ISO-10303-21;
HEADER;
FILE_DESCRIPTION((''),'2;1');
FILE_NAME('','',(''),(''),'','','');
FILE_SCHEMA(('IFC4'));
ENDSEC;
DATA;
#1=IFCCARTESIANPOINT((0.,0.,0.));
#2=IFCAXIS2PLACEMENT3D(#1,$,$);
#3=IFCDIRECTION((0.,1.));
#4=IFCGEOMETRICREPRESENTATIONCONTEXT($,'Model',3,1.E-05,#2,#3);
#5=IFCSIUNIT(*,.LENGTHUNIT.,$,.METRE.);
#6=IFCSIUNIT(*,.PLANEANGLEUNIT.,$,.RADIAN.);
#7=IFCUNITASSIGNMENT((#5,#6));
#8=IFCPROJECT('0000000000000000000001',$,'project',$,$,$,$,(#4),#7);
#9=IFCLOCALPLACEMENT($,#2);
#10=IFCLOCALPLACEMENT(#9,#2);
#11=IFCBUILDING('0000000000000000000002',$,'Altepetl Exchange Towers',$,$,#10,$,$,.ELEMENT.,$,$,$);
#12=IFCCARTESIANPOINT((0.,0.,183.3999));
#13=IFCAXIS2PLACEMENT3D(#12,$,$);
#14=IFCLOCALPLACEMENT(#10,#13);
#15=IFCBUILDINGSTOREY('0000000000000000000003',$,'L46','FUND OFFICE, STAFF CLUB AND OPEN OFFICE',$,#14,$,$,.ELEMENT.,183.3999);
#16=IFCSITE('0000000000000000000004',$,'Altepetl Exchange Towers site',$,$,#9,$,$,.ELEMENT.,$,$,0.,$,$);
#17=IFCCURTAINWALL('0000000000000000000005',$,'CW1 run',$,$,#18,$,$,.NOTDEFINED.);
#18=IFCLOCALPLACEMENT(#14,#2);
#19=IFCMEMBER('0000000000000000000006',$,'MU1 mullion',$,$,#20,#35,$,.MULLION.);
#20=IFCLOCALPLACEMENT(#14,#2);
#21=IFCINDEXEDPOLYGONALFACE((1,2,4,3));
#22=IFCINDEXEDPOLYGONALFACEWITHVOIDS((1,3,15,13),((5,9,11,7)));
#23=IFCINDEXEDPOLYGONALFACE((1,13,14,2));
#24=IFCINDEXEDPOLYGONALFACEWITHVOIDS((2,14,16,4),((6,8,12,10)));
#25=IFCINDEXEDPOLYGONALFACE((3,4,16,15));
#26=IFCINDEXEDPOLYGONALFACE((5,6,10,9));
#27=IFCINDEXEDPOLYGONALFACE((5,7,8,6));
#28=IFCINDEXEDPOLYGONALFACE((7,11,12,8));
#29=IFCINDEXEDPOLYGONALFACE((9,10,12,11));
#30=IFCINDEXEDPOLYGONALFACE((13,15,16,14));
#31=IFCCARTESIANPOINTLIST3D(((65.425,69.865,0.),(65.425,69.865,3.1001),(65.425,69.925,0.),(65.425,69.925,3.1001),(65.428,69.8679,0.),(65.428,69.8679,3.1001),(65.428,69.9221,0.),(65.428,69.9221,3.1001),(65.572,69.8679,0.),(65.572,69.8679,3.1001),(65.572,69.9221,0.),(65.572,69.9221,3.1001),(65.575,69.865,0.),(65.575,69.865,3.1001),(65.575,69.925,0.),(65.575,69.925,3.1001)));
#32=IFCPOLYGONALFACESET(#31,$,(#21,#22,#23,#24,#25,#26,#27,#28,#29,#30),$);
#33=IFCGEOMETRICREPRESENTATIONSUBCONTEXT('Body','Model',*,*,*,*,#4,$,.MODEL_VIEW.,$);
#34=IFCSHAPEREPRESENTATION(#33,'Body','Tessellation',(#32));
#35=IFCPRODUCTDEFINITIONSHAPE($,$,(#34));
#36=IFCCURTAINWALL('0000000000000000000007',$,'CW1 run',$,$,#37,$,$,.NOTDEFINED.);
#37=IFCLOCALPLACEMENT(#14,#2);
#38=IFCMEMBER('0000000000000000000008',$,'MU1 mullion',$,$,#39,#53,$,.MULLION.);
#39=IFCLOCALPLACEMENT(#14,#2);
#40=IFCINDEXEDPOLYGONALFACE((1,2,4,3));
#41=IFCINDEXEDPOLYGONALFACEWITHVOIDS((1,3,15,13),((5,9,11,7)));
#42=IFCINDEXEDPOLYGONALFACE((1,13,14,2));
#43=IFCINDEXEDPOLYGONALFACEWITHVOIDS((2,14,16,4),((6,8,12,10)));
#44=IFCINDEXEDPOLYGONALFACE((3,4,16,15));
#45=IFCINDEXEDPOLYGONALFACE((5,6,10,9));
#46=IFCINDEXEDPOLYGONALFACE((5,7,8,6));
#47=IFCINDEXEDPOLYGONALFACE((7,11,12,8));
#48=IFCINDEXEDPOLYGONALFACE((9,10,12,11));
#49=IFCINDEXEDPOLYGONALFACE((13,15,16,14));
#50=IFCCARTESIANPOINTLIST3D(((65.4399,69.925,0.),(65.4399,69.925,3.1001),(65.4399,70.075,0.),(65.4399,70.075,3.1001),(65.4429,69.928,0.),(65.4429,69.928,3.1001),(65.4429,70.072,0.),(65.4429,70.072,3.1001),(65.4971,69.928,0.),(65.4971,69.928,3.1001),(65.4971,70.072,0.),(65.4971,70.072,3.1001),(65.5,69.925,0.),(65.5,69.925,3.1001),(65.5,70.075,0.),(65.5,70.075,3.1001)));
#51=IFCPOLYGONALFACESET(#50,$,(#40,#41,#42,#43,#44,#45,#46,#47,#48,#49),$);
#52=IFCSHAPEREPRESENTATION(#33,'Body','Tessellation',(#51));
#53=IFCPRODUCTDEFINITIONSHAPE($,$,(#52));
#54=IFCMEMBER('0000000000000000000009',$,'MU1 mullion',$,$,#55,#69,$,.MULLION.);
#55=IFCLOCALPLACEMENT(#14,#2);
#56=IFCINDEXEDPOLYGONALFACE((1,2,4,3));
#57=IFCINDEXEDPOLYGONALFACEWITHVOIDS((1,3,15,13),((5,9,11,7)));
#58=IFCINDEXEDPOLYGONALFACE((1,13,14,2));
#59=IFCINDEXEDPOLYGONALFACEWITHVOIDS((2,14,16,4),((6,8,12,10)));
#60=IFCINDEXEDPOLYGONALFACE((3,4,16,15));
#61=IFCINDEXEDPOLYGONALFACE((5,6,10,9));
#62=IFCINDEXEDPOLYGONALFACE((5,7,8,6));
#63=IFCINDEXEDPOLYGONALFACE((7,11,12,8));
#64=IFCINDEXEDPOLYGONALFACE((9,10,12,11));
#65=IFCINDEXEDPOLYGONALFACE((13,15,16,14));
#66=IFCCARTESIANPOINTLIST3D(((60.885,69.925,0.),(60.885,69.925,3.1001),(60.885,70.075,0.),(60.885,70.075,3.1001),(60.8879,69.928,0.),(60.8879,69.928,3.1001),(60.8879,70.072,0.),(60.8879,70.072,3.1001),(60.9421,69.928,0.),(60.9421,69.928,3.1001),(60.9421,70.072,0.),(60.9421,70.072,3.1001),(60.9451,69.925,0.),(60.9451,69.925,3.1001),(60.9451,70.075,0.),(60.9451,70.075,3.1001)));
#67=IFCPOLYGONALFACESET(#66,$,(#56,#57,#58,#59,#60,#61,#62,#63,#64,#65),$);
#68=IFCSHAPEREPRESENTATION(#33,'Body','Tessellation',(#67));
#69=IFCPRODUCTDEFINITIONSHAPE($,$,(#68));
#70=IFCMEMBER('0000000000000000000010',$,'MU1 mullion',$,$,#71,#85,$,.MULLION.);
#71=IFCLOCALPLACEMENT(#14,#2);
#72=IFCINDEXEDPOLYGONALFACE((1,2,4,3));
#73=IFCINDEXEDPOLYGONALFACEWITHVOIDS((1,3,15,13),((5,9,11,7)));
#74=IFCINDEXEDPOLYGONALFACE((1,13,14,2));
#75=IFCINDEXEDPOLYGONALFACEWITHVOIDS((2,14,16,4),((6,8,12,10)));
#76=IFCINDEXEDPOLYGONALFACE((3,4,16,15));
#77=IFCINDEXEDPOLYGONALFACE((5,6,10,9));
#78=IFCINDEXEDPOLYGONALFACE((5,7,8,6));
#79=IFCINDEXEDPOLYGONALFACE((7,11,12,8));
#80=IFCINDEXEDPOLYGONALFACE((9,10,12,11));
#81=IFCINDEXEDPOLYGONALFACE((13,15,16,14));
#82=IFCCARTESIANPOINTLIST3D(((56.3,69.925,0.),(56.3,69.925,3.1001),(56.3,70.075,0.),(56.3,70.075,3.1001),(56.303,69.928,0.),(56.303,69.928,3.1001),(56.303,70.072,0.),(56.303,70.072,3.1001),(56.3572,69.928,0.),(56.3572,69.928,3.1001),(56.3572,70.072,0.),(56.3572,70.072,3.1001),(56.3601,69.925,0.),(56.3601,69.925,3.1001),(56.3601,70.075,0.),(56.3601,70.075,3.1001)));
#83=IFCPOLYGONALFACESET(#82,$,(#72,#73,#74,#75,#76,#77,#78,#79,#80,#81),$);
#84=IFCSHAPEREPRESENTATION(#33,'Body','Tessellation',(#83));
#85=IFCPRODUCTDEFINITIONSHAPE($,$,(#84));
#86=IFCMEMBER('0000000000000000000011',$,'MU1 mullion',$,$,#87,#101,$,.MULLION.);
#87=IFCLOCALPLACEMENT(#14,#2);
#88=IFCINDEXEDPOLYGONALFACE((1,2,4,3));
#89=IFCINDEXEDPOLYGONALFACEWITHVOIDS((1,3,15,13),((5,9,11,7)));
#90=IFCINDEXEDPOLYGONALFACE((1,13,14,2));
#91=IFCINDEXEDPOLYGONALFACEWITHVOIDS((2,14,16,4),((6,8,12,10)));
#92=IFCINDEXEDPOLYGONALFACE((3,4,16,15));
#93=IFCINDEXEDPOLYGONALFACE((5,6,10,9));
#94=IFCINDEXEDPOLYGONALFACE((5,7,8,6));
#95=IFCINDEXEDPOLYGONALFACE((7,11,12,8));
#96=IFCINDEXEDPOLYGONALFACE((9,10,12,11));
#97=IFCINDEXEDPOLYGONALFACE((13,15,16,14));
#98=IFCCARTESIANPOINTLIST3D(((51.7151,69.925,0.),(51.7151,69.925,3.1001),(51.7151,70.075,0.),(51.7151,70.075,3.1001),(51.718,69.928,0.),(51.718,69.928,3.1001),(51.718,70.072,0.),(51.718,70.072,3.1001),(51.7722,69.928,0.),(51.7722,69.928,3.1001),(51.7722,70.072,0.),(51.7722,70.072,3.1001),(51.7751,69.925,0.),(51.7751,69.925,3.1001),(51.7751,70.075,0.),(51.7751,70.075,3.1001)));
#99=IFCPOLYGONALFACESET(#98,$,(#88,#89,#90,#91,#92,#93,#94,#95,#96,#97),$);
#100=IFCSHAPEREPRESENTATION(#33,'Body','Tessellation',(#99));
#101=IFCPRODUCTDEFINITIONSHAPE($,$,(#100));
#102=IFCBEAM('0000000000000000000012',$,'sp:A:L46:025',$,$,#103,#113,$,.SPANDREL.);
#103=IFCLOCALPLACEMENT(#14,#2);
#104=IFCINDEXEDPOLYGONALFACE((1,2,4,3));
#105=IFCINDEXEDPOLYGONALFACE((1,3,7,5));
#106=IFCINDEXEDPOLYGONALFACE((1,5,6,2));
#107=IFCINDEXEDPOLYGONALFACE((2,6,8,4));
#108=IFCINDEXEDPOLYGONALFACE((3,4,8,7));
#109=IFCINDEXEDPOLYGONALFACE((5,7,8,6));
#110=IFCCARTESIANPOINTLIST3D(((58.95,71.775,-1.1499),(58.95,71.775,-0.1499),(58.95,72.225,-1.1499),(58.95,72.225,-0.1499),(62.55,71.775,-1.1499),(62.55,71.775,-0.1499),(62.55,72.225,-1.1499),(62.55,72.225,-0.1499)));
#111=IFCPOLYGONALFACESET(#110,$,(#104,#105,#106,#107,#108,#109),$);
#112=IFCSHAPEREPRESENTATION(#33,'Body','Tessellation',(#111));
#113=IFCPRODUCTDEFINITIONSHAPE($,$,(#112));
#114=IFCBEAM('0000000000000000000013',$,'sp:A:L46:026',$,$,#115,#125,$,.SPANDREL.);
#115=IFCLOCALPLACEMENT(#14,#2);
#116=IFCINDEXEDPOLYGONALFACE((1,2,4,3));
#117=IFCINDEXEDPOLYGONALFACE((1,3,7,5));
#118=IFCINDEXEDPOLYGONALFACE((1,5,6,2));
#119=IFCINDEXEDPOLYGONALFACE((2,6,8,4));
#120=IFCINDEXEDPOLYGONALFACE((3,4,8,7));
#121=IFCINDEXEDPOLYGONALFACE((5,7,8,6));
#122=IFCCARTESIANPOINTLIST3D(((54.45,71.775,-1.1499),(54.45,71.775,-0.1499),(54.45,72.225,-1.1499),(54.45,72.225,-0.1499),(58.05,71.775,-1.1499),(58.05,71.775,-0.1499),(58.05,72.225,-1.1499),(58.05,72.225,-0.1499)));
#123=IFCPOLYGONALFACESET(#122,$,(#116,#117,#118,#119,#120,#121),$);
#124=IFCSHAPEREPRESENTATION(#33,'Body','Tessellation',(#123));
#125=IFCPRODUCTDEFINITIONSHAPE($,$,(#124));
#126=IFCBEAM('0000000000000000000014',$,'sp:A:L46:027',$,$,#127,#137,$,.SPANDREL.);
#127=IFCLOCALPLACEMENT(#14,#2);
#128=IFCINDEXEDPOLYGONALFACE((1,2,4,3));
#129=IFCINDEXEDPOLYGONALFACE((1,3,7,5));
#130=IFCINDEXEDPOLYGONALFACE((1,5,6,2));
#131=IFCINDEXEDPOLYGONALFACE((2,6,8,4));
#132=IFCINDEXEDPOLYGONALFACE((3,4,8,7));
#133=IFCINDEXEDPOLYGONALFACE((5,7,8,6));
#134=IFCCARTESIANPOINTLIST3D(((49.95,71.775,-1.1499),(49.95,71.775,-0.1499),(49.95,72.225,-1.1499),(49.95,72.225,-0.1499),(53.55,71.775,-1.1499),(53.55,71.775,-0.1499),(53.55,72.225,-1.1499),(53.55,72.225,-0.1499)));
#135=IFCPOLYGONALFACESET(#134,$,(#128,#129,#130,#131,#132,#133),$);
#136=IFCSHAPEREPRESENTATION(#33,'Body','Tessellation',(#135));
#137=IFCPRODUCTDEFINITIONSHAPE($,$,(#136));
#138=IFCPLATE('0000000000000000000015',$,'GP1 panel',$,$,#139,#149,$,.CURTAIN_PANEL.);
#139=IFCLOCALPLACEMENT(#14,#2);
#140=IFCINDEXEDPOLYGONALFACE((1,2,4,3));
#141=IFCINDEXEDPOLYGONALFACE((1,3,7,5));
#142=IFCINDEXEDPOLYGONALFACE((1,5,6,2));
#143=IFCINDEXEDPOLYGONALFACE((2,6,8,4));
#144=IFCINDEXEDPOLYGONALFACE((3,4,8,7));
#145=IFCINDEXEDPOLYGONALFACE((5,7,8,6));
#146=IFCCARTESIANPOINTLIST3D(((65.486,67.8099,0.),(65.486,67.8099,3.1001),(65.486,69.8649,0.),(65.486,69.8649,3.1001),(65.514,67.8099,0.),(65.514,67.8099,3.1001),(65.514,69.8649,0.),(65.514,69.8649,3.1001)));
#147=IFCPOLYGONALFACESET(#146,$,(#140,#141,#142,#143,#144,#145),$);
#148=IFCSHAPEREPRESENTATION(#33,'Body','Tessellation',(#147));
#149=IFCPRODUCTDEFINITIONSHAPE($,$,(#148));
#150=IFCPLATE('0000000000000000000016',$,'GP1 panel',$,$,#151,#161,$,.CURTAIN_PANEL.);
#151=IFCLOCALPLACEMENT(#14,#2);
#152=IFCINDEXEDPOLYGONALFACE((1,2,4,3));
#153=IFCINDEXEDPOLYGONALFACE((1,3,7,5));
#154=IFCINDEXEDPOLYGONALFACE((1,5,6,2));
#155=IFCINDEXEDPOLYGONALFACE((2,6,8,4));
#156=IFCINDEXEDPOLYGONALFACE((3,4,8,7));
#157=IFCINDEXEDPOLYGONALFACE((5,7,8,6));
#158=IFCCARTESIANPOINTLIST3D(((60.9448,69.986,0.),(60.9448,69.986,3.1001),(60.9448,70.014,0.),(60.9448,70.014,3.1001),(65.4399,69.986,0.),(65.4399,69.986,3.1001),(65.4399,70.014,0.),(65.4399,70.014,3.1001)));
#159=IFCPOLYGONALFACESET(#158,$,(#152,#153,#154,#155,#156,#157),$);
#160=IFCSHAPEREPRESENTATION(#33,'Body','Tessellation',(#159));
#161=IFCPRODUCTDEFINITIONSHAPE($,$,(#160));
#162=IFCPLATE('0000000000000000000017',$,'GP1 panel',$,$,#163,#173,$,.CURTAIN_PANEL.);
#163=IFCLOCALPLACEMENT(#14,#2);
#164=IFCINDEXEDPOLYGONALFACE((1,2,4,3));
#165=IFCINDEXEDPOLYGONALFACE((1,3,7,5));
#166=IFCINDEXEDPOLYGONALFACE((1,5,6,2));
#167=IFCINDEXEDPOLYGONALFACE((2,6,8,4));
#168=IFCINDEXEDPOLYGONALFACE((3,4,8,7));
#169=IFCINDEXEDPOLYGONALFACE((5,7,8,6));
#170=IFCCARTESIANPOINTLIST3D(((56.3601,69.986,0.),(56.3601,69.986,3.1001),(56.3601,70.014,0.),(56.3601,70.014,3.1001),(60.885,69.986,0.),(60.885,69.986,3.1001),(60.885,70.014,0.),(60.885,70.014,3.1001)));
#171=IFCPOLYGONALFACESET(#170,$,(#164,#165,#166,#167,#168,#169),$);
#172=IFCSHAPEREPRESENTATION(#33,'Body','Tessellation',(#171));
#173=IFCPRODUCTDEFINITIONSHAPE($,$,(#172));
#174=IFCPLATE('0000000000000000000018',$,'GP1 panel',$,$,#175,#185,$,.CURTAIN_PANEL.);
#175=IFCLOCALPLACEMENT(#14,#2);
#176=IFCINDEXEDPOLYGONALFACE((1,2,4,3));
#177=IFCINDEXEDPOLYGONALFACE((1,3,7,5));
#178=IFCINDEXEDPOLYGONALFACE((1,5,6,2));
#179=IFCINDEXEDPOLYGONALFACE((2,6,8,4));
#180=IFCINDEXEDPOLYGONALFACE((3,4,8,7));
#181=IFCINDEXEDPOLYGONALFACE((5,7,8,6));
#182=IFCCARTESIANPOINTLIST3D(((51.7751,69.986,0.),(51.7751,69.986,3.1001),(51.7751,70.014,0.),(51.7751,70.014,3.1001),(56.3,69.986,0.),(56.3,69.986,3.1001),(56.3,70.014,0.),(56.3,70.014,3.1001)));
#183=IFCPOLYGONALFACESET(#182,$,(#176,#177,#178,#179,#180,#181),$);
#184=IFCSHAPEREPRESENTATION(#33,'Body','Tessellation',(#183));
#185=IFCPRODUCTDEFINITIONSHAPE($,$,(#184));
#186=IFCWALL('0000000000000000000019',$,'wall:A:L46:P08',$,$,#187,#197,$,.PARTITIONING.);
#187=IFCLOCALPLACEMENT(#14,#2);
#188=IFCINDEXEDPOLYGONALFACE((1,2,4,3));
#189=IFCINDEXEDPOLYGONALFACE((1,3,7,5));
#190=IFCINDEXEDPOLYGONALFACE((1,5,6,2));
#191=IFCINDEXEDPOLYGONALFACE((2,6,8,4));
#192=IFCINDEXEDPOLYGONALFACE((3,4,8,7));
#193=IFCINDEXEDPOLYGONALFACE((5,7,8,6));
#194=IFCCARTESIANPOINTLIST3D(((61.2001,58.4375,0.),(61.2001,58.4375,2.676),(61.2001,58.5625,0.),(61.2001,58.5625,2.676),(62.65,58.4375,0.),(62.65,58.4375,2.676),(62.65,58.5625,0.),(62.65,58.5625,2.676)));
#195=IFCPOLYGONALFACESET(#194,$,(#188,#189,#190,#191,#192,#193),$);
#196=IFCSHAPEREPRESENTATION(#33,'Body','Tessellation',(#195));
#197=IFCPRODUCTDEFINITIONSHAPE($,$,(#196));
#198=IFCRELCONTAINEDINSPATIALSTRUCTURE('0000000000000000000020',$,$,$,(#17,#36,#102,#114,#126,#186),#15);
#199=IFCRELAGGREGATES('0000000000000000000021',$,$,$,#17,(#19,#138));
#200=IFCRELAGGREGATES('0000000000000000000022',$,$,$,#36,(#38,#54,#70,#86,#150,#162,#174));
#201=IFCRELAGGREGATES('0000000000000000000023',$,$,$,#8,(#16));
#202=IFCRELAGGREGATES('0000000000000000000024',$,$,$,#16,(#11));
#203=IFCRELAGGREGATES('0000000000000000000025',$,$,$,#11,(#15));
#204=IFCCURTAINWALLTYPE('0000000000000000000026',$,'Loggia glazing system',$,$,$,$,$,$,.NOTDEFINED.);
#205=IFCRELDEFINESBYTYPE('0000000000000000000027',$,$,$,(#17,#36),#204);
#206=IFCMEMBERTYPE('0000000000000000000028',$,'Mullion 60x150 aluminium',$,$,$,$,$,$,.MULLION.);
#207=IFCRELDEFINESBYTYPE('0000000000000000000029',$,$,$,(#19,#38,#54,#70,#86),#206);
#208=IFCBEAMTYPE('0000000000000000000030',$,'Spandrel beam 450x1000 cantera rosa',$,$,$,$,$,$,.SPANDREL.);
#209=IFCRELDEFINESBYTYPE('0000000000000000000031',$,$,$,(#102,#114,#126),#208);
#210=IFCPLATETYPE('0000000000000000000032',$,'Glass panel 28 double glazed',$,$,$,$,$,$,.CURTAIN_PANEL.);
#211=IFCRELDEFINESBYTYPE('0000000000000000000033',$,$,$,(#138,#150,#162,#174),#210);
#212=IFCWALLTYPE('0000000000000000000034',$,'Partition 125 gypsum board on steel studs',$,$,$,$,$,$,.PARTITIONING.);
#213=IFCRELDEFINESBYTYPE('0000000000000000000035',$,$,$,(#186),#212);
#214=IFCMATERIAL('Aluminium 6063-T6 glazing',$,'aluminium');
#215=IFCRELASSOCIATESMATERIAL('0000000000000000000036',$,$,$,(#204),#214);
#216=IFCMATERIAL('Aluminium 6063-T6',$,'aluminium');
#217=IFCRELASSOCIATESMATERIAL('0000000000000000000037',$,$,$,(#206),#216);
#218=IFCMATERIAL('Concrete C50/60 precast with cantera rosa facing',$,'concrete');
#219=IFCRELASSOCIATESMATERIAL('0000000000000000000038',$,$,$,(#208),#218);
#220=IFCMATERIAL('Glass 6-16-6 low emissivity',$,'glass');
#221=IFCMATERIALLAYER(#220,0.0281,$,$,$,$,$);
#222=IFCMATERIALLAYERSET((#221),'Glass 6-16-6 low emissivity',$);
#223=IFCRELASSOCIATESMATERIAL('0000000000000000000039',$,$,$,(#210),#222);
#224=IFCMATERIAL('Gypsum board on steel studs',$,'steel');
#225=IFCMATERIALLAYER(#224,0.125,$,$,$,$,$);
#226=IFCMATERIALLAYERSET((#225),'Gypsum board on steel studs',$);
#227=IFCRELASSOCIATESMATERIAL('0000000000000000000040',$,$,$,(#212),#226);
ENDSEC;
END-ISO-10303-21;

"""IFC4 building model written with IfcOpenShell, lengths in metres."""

from ifc_helpers import new_model, si_unit, direction, frame, frame_2d, origin, origin_2d, place, context, subcontext, project, spatial, rectangle, hollow_rectangle, extrude, material, layer, layer_set, material_profile, profile_set, type_object, element, aggregate, save


model = new_model("IFC4")

# Units and contexts
model_context = context("Model", 3, precision=1e-05, world=origin(), true_north=direction((0.0, 1.0)))
body_context = subcontext(model_context, "Body", "Model", "MODEL_VIEW")
ifc_project = project(units=[si_unit("LENGTHUNIT", "METRE"), si_unit("PLANEANGLEUNIT", "RADIAN")], contexts=[model_context])

# Site, building, storey
site_placement = place(None, origin())
site = spatial("IfcSite", under=ifc_project, at=site_placement, Name="Altepetl Exchange Towers site", CompositionType="ELEMENT", RefElevation=0.0)
building_placement = place(site_placement, origin())
building = spatial("IfcBuilding", under=site, at=building_placement, Name="Altepetl Exchange Towers", CompositionType="ELEMENT")
storey_placement = place(building_placement, frame((0.0, 0.0, 183.3999)))
storey = spatial("IfcBuildingStorey", under=building, at=storey_placement, Name="L46", Description="FUND OFFICE, STAFF CLUB AND OPEN OFFICE", CompositionType="ELEMENT", Elevation=183.3999)

# Curtain walls, members
ifc_material_1 = material(Name="Aluminium 6063-T6 glazing", Category="aluminium")
curtain_wall_type = type_object("IfcCurtainWallType", Name="Loggia glazing system", PredefinedType="NOTDEFINED", material=ifc_material_1)
curtain_wall_1_placement = place(storey_placement, origin())
curtain_wall_1 = element("IfcCurtainWall", 1, at=curtain_wall_1_placement, inside=storey, type_object=curtain_wall_type, Name="CW1 run", PredefinedType="NOTDEFINED")
ifc_material_2 = material(Name="Aluminium 6063-T6", Category="aluminium")
ifc_material_profile_1 = material_profile(ifc_material_2, hollow_rectangle(XDim=0.0601, YDim=0.1499, WallThickness=0.0029, at=origin_2d()), Name="Mullion 60x150 aluminium")
ifc_profile_set_1 = profile_set([ifc_material_profile_1], Name="Aluminium 6063-T6")
member_type = type_object("IfcMemberType", Name="Mullion 60x150 aluminium", PredefinedType="MULLION", material=ifc_profile_set_1)
member_1_placement = place(storey_placement, frame((65.5, 69.895, 0.0), z_axis=(0.0, 0.0, 1.0), x_axis=(0.0, 1.0, 0.0)))
member_1 = element("IfcMember", 2, at=member_1_placement, type_object=member_type, Name="MU1 mullion", PredefinedType="MULLION", context=body_context, shape_type="SweptSolid", body=[
    extrude(hollow_rectangle(XDim=0.0601, YDim=0.1499, WallThickness=0.0029, at=origin_2d()), origin(), (0.0, 0.0, 1.0), 3.1001),
])
curtain_wall_2_placement = place(storey_placement, origin())
curtain_wall_2 = element("IfcCurtainWall", 3, at=curtain_wall_2_placement, inside=storey, type_object=curtain_wall_type, Name="CW1 run", PredefinedType="NOTDEFINED")
member_2_placement = place(storey_placement, frame((65.47, 70.0, 0.0), z_axis=(0.0, 0.0, 1.0), x_axis=(-1.0, 0.0, 0.0)))
member_2 = element("IfcMember", 4, at=member_2_placement, type_object=member_type, Name="MU1 mullion", PredefinedType="MULLION", context=body_context, shape_type="SweptSolid", body=[
    extrude(hollow_rectangle(XDim=0.0601, YDim=0.1499, WallThickness=0.0029, at=origin_2d()), origin(), (0.0, 0.0, 1.0), 3.1001),
])
member_3_placement = place(storey_placement, frame((60.915, 70.0, 0.0), z_axis=(0.0, 0.0, 1.0), x_axis=(-1.0, 0.0, 0.0)))
member_3 = element("IfcMember", 5, at=member_3_placement, type_object=member_type, Name="MU1 mullion", PredefinedType="MULLION", context=body_context, shape_type="SweptSolid", body=[
    extrude(hollow_rectangle(XDim=0.0601, YDim=0.1499, WallThickness=0.0029, at=origin_2d()), origin(), (0.0, 0.0, 1.0), 3.1001),
])
member_4_placement = place(storey_placement, frame((56.3301, 70.0, 0.0), z_axis=(0.0, 0.0, 1.0), x_axis=(-1.0, 0.0, 0.0)))
member_4 = element("IfcMember", 6, at=member_4_placement, type_object=member_type, Name="MU1 mullion", PredefinedType="MULLION", context=body_context, shape_type="SweptSolid", body=[
    extrude(hollow_rectangle(XDim=0.0601, YDim=0.1499, WallThickness=0.0029, at=origin_2d()), origin(), (0.0, 0.0, 1.0), 3.1001),
])
member_5_placement = place(storey_placement, frame((51.7451, 70.0, 0.0), z_axis=(0.0, 0.0, 1.0), x_axis=(-1.0, 0.0, 0.0)))
member_5 = element("IfcMember", 7, at=member_5_placement, type_object=member_type, Name="MU1 mullion", PredefinedType="MULLION", context=body_context, shape_type="SweptSolid", body=[
    extrude(hollow_rectangle(XDim=0.0601, YDim=0.1499, WallThickness=0.0029, at=origin_2d()), origin(), (0.0, 0.0, 1.0), 3.1001),
])

# Beams
ifc_material_3 = material(Name="Concrete C50/60 precast with cantera rosa facing", Category="concrete")
ifc_material_profile_2 = material_profile(ifc_material_3, rectangle(XDim=0.45, YDim=1.0, at=origin_2d()), Name="450 x 1000")
ifc_profile_set_2 = profile_set([ifc_material_profile_2], Name="Concrete C50/60 precast with cantera rosa facing")
beam_type_1 = type_object("IfcBeamType", Name="Spandrel beam 450x1000 cantera rosa", PredefinedType="SPANDREL", material=ifc_profile_set_2)
for number, where, z_axis, x_axis, name in (
    (8, (62.55, 72.0, -0.6499), (-1.0, 0.0, 0.0), (0.0, -1.0, 0.0), "sp:A:L46:025"),
    (9, (58.05, 72.0, -0.6499), (-1.0, 0.0, 0.0), (0.0, -1.0, 0.0), "sp:A:L46:026"),
    (10, (53.55, 72.0, -0.6499), (-1.0, 0.0, 0.0), (0.0, -1.0, 0.0), "sp:A:L46:027"),
):
    element("IfcBeam", number, at=place(storey_placement, frame(where, z_axis=z_axis, x_axis=x_axis)), inside=storey, type_object=beam_type_1, Name=name, PredefinedType="SPANDREL", context=body_context, shape_type="SweptSolid", body=[
        extrude(rectangle(XDim=0.45, YDim=1.0, at=origin_2d()), origin(), (0.0, 0.0, 1.0), 3.6001),
    ])

# Plates
ifc_material_4 = material(Name="Glass 6-16-6 low emissivity", Category="glass")
ifc_layer_1 = layer(ifc_material_4, 0.0281)
ifc_layer_set_1 = layer_set([ifc_layer_1], Name="Glass 6-16-6 low emissivity")
plate_type = type_object("IfcPlateType", Name="Glass panel 28 double glazed", PredefinedType="CURTAIN_PANEL", material=ifc_layer_set_1)
plate_1_placement = place(storey_placement, frame((65.5, 68.8374, 0.0), z_axis=(0.0, 0.0, 1.0), x_axis=(0.0, 1.0, 0.0)))
plate_1 = element("IfcPlate", 11, at=plate_1_placement, type_object=plate_type, Name="GP1 panel", PredefinedType="CURTAIN_PANEL", context=body_context, shape_type="SweptSolid", body=[
    extrude(rectangle(XDim=2.0549, YDim=0.0281, at=origin_2d()), origin(), (0.0, 0.0, 1.0), 3.1001),
])
aggregate(curtain_wall_1, [member_1, plate_1])
plate_2_placement = place(storey_placement, frame((63.1924, 70.0, 0.0), z_axis=(0.0, 0.0, 1.0), x_axis=(-1.0, 0.0, 0.0)))
plate_2 = element("IfcPlate", 12, at=plate_2_placement, type_object=plate_type, Name="GP1 panel", PredefinedType="CURTAIN_PANEL", context=body_context, shape_type="SweptSolid", body=[
    extrude(rectangle(XDim=4.4951, YDim=0.0281, at=origin_2d()), origin(), (0.0, 0.0, 1.0), 3.1001),
])
plate_3_placement = place(storey_placement, frame((58.6226, 70.0, 0.0), z_axis=(0.0, 0.0, 1.0), x_axis=(-1.0, 0.0, 0.0)))
plate_3 = element("IfcPlate", 13, at=plate_3_placement, type_object=plate_type, Name="GP1 panel", PredefinedType="CURTAIN_PANEL", context=body_context, shape_type="SweptSolid", body=[
    extrude(rectangle(XDim=4.5249, YDim=0.0281, at=origin_2d()), origin(), (0.0, 0.0, 1.0), 3.1001),
])
plate_4_placement = place(storey_placement, frame((54.0376, 70.0, 0.0), z_axis=(0.0, 0.0, 1.0), x_axis=(-1.0, 0.0, 0.0)))
plate_4 = element("IfcPlate", 14, at=plate_4_placement, type_object=plate_type, Name="GP1 panel", PredefinedType="CURTAIN_PANEL", context=body_context, shape_type="SweptSolid", body=[
    extrude(rectangle(XDim=4.5249, YDim=0.0281, at=origin_2d()), origin(), (0.0, 0.0, 1.0), 3.1001),
])
aggregate(curtain_wall_2, [member_2, member_3, member_4, member_5, plate_2, plate_3, plate_4])

# Wall
ifc_material_5 = material(Name="Gypsum board on steel studs", Category="steel")
ifc_layer_2 = layer(ifc_material_5, 0.125)
ifc_layer_set_2 = layer_set([ifc_layer_2], Name="Gypsum board on steel studs")
wall_type = type_object("IfcWallType", Name="Partition 125 gypsum board on steel studs", PredefinedType="PARTITIONING", material=ifc_layer_set_2)
wall_1_placement = place(storey_placement, frame((61.2, 58.5, 0.0)))
element("IfcWall", 15, at=wall_1_placement, inside=storey, type_object=wall_type, Name="wall:A:L46:P08", PredefinedType="PARTITIONING", context=body_context, shape_type="SweptSolid", body=[
    extrude(rectangle(XDim=1.45, YDim=0.125, at=frame_2d((0.7251, 0.0))), origin(), (0.0, 0.0, 1.0), 2.676),
])

save(model, "model.ifc")
